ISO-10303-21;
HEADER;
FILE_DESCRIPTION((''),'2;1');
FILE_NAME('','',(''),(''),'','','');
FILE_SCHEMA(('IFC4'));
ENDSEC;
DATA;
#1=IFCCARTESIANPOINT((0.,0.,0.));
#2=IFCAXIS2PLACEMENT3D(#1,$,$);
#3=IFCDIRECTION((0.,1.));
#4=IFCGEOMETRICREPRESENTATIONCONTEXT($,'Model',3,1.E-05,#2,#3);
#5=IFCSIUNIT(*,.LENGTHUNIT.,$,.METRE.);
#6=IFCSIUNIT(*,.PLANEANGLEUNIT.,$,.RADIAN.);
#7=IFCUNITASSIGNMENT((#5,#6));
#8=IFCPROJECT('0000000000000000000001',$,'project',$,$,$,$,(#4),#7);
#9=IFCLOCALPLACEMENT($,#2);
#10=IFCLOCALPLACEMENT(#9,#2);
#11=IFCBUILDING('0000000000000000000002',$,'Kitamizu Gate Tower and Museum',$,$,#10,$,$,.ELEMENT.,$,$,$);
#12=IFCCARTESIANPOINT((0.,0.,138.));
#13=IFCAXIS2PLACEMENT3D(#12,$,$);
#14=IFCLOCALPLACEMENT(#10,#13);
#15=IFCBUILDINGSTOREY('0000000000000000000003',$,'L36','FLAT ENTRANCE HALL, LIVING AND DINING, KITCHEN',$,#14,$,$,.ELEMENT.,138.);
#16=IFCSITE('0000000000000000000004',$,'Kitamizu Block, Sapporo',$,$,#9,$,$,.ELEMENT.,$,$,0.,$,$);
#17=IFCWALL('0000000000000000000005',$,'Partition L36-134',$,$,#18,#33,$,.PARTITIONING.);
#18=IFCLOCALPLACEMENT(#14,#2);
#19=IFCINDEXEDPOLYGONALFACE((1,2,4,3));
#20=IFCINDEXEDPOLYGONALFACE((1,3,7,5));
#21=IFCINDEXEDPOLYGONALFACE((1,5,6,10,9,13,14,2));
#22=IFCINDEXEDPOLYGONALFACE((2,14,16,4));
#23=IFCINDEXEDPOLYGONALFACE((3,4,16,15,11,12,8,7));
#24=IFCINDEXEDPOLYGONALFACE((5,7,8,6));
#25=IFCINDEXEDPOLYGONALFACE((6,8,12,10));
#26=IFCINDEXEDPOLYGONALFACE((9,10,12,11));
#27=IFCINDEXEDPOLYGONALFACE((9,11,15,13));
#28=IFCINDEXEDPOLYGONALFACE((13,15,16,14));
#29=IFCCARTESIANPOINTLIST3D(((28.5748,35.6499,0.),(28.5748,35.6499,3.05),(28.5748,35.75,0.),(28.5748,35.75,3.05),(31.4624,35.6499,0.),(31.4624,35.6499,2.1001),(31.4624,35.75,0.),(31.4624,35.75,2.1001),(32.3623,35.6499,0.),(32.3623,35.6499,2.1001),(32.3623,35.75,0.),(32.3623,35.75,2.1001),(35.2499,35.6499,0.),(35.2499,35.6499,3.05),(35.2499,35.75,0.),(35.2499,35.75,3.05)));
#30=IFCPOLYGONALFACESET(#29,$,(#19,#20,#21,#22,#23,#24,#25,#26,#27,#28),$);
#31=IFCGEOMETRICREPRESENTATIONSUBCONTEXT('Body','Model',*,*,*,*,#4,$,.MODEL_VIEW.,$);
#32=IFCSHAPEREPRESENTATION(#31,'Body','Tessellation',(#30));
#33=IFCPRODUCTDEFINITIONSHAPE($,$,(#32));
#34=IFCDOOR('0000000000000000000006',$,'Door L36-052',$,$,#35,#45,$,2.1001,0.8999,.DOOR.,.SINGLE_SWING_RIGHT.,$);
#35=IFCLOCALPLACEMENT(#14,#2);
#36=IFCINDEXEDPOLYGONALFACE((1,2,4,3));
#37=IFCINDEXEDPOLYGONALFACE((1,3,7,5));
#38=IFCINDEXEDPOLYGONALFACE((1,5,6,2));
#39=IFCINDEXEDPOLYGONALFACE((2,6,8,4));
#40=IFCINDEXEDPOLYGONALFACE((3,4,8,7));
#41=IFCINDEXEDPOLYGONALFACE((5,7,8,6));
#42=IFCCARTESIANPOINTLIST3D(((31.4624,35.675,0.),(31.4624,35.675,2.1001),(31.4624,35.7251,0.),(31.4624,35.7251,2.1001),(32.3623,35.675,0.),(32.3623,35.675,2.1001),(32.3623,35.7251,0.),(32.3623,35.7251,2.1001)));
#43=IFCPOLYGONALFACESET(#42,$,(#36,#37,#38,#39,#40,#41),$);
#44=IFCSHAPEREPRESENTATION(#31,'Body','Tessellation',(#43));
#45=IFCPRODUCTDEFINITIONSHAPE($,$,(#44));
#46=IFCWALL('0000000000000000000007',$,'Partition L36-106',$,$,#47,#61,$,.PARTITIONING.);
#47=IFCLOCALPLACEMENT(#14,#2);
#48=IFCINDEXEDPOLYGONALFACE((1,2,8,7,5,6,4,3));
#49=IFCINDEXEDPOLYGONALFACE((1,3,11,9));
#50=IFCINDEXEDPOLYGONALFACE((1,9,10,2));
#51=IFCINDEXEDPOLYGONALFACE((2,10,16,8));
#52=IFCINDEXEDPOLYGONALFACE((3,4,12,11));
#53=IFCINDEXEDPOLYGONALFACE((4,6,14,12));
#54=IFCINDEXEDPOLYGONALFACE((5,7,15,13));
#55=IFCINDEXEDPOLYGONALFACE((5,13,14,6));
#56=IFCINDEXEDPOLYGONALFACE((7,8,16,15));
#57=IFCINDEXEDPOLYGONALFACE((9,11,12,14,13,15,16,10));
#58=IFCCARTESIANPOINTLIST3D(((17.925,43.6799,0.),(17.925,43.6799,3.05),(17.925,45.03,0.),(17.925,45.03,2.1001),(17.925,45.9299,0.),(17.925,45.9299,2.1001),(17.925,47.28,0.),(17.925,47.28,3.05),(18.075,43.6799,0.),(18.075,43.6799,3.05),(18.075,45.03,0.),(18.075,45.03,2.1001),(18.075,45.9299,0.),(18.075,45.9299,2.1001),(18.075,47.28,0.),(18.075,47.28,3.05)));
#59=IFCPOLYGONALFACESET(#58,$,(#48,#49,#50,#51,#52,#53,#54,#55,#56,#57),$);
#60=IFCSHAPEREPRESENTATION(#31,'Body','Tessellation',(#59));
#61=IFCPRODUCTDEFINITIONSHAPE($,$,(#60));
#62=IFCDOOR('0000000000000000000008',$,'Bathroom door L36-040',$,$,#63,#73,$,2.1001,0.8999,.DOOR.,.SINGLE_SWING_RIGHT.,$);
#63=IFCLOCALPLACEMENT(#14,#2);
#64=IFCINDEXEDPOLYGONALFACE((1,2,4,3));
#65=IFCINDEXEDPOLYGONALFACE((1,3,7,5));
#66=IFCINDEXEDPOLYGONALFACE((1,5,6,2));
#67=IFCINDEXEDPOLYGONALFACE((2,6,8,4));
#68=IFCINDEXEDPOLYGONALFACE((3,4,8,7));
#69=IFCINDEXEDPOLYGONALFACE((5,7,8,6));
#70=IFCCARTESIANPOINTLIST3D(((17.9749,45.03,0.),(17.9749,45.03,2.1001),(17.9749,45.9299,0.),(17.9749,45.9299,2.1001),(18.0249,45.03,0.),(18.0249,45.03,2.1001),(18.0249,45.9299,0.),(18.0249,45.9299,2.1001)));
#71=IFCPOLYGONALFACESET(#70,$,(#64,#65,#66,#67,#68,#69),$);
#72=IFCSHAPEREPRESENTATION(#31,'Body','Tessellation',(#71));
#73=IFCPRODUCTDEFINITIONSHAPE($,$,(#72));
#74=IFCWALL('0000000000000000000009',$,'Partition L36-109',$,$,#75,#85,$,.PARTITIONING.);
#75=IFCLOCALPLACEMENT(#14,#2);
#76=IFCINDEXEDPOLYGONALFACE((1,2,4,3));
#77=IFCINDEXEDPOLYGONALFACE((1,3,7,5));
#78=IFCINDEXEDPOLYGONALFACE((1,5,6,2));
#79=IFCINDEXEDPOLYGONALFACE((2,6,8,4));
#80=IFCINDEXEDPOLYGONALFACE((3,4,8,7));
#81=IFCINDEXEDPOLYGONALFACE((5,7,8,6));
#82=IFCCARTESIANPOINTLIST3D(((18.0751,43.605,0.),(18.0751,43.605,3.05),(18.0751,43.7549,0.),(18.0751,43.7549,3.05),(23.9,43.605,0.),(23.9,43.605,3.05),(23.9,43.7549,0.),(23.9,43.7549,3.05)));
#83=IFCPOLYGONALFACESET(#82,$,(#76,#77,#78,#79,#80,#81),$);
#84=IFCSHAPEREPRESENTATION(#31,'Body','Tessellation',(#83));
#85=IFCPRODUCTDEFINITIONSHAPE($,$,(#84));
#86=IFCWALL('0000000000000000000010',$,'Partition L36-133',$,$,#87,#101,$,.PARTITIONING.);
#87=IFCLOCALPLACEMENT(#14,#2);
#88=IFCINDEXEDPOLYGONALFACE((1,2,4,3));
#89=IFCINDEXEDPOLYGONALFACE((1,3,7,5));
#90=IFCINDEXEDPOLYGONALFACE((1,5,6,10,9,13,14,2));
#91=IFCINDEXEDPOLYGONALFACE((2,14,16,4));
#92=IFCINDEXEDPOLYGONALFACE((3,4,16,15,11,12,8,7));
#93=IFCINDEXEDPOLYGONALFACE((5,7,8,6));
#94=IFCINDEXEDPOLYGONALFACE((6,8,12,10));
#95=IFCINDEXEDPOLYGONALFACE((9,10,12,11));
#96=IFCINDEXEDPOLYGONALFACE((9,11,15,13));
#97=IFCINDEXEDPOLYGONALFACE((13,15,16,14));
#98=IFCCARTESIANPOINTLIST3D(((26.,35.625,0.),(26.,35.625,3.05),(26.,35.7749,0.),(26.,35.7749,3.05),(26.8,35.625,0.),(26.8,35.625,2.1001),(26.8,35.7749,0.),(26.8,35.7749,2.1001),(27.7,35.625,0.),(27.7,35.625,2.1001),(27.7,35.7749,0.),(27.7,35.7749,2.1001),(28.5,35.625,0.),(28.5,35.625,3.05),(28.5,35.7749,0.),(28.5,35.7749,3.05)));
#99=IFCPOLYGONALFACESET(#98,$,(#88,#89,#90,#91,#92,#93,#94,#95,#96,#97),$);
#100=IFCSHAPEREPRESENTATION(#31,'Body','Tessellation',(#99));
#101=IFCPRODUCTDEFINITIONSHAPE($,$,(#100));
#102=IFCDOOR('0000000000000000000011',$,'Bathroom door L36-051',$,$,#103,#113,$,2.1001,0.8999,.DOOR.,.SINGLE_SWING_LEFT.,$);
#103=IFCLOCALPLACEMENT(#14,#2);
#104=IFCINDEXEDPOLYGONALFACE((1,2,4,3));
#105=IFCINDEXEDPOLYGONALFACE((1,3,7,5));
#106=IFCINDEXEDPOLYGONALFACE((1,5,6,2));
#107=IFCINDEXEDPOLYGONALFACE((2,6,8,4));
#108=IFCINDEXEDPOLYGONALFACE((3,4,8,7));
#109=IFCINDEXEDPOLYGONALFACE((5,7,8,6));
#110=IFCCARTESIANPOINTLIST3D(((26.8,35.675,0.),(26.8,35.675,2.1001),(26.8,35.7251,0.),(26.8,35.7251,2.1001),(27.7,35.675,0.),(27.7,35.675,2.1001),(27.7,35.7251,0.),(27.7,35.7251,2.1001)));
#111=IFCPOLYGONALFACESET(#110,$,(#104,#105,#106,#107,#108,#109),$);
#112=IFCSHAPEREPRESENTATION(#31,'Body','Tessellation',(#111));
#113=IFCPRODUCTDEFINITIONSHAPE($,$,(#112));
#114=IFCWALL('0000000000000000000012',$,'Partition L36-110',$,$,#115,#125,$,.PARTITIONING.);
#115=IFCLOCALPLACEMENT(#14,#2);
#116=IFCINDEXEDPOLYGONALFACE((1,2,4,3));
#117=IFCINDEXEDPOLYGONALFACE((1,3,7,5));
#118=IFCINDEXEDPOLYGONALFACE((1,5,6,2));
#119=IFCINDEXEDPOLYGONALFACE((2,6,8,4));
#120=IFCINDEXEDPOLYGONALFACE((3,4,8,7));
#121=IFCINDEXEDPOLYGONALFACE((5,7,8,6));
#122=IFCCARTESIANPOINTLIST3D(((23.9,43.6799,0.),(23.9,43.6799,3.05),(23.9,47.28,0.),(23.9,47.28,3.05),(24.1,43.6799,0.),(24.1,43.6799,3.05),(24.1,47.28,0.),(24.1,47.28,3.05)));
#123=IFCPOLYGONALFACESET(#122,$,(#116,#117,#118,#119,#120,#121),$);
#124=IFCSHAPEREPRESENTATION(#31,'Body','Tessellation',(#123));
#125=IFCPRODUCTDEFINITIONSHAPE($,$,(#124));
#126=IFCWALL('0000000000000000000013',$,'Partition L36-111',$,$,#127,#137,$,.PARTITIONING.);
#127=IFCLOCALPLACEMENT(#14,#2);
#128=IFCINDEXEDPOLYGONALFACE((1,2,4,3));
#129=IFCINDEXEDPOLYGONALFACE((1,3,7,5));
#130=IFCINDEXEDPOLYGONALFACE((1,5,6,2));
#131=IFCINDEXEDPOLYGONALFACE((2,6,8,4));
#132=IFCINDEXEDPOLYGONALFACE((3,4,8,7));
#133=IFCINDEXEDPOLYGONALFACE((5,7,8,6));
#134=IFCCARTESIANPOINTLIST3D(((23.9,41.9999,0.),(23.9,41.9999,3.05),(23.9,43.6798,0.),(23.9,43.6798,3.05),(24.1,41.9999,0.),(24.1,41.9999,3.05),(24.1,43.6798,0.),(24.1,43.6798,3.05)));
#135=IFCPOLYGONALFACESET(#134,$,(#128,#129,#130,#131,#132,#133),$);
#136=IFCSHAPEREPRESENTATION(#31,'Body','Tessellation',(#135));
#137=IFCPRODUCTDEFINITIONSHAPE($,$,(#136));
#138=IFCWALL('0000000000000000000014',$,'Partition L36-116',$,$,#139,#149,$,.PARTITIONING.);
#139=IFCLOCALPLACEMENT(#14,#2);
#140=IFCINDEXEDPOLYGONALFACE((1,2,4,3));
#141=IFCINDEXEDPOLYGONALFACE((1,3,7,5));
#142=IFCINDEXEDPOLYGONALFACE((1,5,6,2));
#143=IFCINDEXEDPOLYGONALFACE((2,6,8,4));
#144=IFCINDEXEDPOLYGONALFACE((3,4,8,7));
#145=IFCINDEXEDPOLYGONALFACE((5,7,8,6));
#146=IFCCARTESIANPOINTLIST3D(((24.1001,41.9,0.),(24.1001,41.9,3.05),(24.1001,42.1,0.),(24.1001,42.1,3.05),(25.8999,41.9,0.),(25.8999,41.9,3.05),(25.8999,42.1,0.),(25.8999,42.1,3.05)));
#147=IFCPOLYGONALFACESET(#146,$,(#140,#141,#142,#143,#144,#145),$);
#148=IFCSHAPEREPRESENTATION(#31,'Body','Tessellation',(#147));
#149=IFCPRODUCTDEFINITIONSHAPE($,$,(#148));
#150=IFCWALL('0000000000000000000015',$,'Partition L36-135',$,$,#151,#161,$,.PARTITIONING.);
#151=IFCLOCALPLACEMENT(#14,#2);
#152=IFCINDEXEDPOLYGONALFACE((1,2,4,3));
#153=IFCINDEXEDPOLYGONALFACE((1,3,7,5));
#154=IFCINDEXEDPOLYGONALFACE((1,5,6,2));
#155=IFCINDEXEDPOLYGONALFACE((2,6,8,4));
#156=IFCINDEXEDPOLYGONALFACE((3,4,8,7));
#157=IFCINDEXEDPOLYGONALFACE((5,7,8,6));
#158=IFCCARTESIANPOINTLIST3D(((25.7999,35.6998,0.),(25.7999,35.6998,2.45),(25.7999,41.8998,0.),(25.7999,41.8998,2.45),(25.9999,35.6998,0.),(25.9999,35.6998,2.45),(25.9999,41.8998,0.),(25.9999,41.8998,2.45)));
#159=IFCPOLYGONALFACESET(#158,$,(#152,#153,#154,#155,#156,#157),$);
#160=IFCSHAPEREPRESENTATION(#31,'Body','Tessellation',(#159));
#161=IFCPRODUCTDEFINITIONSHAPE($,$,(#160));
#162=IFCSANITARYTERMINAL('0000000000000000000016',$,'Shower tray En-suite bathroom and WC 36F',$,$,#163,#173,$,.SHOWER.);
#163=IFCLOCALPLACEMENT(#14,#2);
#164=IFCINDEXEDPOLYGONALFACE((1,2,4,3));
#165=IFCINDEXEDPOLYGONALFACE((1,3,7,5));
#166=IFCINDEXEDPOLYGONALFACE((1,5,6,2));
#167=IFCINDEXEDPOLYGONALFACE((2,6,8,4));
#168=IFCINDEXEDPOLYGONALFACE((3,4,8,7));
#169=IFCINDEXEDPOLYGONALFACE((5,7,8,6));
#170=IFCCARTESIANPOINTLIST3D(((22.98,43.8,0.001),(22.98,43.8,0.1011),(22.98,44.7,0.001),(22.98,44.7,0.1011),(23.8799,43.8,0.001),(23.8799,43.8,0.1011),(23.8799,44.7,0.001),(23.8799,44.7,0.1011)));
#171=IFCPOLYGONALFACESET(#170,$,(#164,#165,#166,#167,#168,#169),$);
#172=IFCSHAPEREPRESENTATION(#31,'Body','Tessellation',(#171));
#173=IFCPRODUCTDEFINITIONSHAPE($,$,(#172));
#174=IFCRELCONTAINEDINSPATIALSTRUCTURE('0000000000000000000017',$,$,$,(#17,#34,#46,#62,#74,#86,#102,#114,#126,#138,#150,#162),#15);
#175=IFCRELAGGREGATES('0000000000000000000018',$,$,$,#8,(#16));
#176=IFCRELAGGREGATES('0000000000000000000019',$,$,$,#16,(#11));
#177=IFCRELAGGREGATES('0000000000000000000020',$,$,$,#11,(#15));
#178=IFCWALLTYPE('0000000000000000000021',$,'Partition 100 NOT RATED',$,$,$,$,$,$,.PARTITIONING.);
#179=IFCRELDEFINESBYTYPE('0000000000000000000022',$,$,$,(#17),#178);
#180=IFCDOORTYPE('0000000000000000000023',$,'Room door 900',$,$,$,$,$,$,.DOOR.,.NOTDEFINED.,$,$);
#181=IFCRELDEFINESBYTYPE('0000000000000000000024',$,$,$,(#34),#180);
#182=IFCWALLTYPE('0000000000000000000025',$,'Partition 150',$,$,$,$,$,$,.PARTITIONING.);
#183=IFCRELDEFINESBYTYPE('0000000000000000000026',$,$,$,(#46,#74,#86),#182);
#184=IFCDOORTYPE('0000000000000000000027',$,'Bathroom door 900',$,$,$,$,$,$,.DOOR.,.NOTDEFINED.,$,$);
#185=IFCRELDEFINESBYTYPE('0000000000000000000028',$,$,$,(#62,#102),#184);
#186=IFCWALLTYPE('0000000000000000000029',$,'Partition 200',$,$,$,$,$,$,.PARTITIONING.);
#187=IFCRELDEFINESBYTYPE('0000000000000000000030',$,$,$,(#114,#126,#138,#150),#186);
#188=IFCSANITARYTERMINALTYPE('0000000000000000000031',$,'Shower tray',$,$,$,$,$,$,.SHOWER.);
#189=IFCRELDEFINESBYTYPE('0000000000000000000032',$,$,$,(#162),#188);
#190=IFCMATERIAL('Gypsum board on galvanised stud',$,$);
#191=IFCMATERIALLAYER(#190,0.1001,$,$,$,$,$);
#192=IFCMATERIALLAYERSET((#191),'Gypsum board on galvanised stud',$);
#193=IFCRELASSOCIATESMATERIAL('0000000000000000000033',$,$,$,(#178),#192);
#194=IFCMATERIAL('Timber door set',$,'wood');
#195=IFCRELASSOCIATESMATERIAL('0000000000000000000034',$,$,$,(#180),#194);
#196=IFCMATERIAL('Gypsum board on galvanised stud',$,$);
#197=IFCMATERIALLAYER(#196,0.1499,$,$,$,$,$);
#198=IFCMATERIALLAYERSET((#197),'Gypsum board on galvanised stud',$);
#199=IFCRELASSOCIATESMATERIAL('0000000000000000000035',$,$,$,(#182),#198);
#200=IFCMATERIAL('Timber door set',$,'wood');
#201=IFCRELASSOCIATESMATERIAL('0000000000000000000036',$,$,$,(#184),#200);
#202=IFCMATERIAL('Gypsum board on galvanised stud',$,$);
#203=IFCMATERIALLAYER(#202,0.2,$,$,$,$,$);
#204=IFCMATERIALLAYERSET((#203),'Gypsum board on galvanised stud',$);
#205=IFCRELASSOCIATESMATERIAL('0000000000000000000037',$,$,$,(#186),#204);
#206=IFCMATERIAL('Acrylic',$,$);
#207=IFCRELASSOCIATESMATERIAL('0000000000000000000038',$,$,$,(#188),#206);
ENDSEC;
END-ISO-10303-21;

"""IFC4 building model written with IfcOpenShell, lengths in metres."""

from ifc_helpers import new_model, si_unit, direction, frame, frame_2d, origin, origin_2d, place, context, subcontext, project, spatial, rectangle, extrude, material, layer, layer_set, type_object, element, fill, save


model = new_model("IFC4")

# Units and contexts
model_context = context("Model", 3, precision=1e-05, world=origin(), true_north=direction((0.0, 1.0)))
body_context = subcontext(model_context, "Body", "Model", "MODEL_VIEW")
ifc_project = project(units=[si_unit("LENGTHUNIT", "METRE"), si_unit("PLANEANGLEUNIT", "RADIAN")], contexts=[model_context])

# Site, building, storey
site_placement = place(None, origin())
site = spatial("IfcSite", under=ifc_project, at=site_placement, Name="Kitamizu Block, Sapporo", CompositionType="ELEMENT", RefElevation=0.0)
building_placement = place(site_placement, origin())
building = spatial("IfcBuilding", under=site, at=building_placement, Name="Kitamizu Gate Tower and Museum", CompositionType="ELEMENT")
storey_placement = place(building_placement, frame((0.0, 0.0, 138.0)))
storey = spatial("IfcBuildingStorey", under=building, at=storey_placement, Name="L36", Description="FLAT ENTRANCE HALL, LIVING AND DINING, KITCHEN", CompositionType="ELEMENT", Elevation=138.0)

# Shared definitions
ifc_material_1 = material(Name="Gypsum board on galvanised stud")
ifc_layer_1 = layer(ifc_material_1, 0.1001)
ifc_layer_set_1 = layer_set([ifc_layer_1], Name="Gypsum board on galvanised stud")
wall_type_1 = type_object("IfcWallType", Name="Partition 100 NOT RATED", PredefinedType="PARTITIONING", material=ifc_layer_set_1)
ifc_material_2 = material(Name="Timber door set", Category="wood")
door_type_1 = type_object("IfcDoorType", Name="Room door 900", OperationType="NOTDEFINED", PredefinedType="DOOR", material=ifc_material_2)

# Walls, openings, doors
wall_1_placement = place(storey_placement, frame((28.575, 35.7, 0.0), z_axis=(0.0, 0.0, 1.0), x_axis=(1.0, 0.0, 0.0)))
wall_1 = element("IfcWall", 1, at=wall_1_placement, inside=storey, type_object=wall_type_1, Name="Partition L36-134", PredefinedType="PARTITIONING", context=body_context, shape_type="SweptSolid", body=[
    extrude(rectangle(XDim=6.675, YDim=0.1001, at=frame_2d((3.3374, 0.0))), origin(), (0.0, 0.0, 1.0), 3.05),
])
opening_1_placement = place(wall_1_placement, frame((2.8875, 0.0, 0.0)))
opening_1 = element("IfcOpeningElement", 2, at=opening_1_placement, cuts=wall_1, PredefinedType="OPENING", context=body_context, shape_type="SweptSolid", body=[
    extrude(rectangle(XDim=0.8999, YDim=2.1001, at=frame_2d((0.45, 1.05))), frame((0.0, 0.0601, 0.0), z_axis=(0.0, -1.0, 0.0), x_axis=(1.0, 0.0, 0.0)), (0.0, 0.0, 1.0), 0.1201),
])
door_1_placement = place(opening_1_placement, frame((0.8999, 0.0, 0.0), x_axis=(-1.0, 0.0, 0.0)))
door_1 = element("IfcDoor", 3, at=door_1_placement, inside=storey, type_object=door_type_1, Name="Door L36-052", OperationType="SINGLE_SWING_RIGHT", OverallHeight=2.1001, OverallWidth=0.8999, PredefinedType="DOOR", context=body_context, shape_type="SweptSolid", body=[
    extrude(rectangle(XDim=0.8999, YDim=2.1001, at=frame_2d((0.45, 1.05))), frame((0.0, 0.0249, 0.0), z_axis=(0.0, -1.0, 0.0), x_axis=(1.0, 0.0, 0.0)), (0.0, 0.0, 1.0), 0.05),
])
fill(opening_1, door_1)
ifc_material_3 = material(Name="Gypsum board on galvanised stud")
ifc_layer_2 = layer(ifc_material_3, 0.1499)
ifc_layer_set_2 = layer_set([ifc_layer_2], Name="Gypsum board on galvanised stud")
wall_type_2 = type_object("IfcWallType", Name="Partition 150", PredefinedType="PARTITIONING", material=ifc_layer_set_2)
wall_2_placement = place(storey_placement, frame((18.0, 43.6799, 0.0), z_axis=(0.0, 0.0, 1.0), x_axis=(0.0, 1.0, 0.0)))
wall_2 = element("IfcWall", 4, at=wall_2_placement, inside=storey, type_object=wall_type_2, Name="Partition L36-106", PredefinedType="PARTITIONING", context=body_context, shape_type="SweptSolid", body=[
    extrude(rectangle(XDim=3.6001, YDim=0.1499, at=frame_2d((1.8, 0.0))), origin(), (0.0, 0.0, 1.0), 3.05),
])
opening_2_placement = place(wall_2_placement, frame((1.3501, 0.0, 0.0)))
opening_2 = element("IfcOpeningElement", 5, at=opening_2_placement, cuts=wall_2, PredefinedType="OPENING", context=body_context, shape_type="SweptSolid", body=[
    extrude(rectangle(XDim=0.8999, YDim=2.1001, at=frame_2d((0.45, 1.05))), frame((0.0, 0.085, 0.0), z_axis=(0.0, -1.0, 0.0), x_axis=(1.0, 0.0, 0.0)), (0.0, 0.0, 1.0), 0.1699),
])
ifc_material_4 = material(Name="Timber door set", Category="wood")
door_type_2 = type_object("IfcDoorType", Name="Bathroom door 900", OperationType="NOTDEFINED", PredefinedType="DOOR", material=ifc_material_4)
door_2_placement = place(opening_2_placement, frame((0.8999, 0.0, 0.0), x_axis=(-1.0, 0.0, 0.0)))
door_2 = element("IfcDoor", 6, at=door_2_placement, inside=storey, type_object=door_type_2, Name="Bathroom door L36-040", OperationType="SINGLE_SWING_RIGHT", OverallHeight=2.1001, OverallWidth=0.8999, PredefinedType="DOOR", context=body_context, shape_type="SweptSolid", body=[
    extrude(rectangle(XDim=0.8999, YDim=2.1001, at=frame_2d((0.45, 1.05))), frame((0.0, 0.0249, 0.0), z_axis=(0.0, -1.0, 0.0), x_axis=(1.0, 0.0, 0.0)), (0.0, 0.0, 1.0), 0.05),
])
fill(opening_2, door_2)

# Wall
wall_3_placement = place(storey_placement, frame((18.075, 43.6799, 0.0), z_axis=(0.0, 0.0, 1.0), x_axis=(1.0, 0.0, 0.0)))
element("IfcWall", 7, at=wall_3_placement, inside=storey, type_object=wall_type_2, Name="Partition L36-109", PredefinedType="PARTITIONING", context=body_context, shape_type="SweptSolid", body=[
    extrude(rectangle(XDim=5.825, YDim=0.1499, at=frame_2d((2.9126, 0.0))), origin(), (0.0, 0.0, 1.0), 3.05),
])

# Wall, opening, door
wall_4_placement = place(storey_placement, frame((26.0, 35.7, 0.0), z_axis=(0.0, 0.0, 1.0), x_axis=(1.0, 0.0, 0.0)))
wall_4 = element("IfcWall", 8, at=wall_4_placement, inside=storey, type_object=wall_type_2, Name="Partition L36-133", PredefinedType="PARTITIONING", context=body_context, shape_type="SweptSolid", body=[
    extrude(rectangle(XDim=2.5, YDim=0.1499, at=frame_2d((1.25, 0.0))), origin(), (0.0, 0.0, 1.0), 3.05),
])
opening_3_placement = place(wall_4_placement, frame((0.8, 0.0, 0.0)))
opening_3 = element("IfcOpeningElement", 9, at=opening_3_placement, cuts=wall_4, PredefinedType="OPENING", context=body_context, shape_type="SweptSolid", body=[
    extrude(rectangle(XDim=0.8999, YDim=2.1001, at=frame_2d((0.45, 1.05))), frame((0.0, 0.085, 0.0), z_axis=(0.0, -1.0, 0.0), x_axis=(1.0, 0.0, 0.0)), (0.0, 0.0, 1.0), 0.1699),
])
door_3_placement = place(opening_3_placement, frame((0.8999, 0.0, 0.0), x_axis=(-1.0, 0.0, 0.0)))
door_3 = element("IfcDoor", 10, at=door_3_placement, inside=storey, type_object=door_type_2, Name="Bathroom door L36-051", OperationType="SINGLE_SWING_LEFT", OverallHeight=2.1001, OverallWidth=0.8999, PredefinedType="DOOR", context=body_context, shape_type="SweptSolid", body=[
    extrude(rectangle(XDim=0.8999, YDim=2.1001, at=frame_2d((0.45, 1.05))), frame((0.0, 0.0249, 0.0), z_axis=(0.0, -1.0, 0.0), x_axis=(1.0, 0.0, 0.0)), (0.0, 0.0, 1.0), 0.05),
])
fill(opening_3, door_3)

# Walls
ifc_material_5 = material(Name="Gypsum board on galvanised stud")
ifc_layer_3 = layer(ifc_material_5, 0.2)
ifc_layer_set_3 = layer_set([ifc_layer_3], Name="Gypsum board on galvanised stud")
wall_type_3 = type_object("IfcWallType", Name="Partition 200", PredefinedType="PARTITIONING", material=ifc_layer_set_3)
wall_5_placement = place(storey_placement, frame((24.0, 43.6799, 0.0), z_axis=(0.0, 0.0, 1.0), x_axis=(0.0, 1.0, 0.0)))
element("IfcWall", 11, at=wall_5_placement, inside=storey, type_object=wall_type_3, Name="Partition L36-110", PredefinedType="PARTITIONING", context=body_context, shape_type="SweptSolid", body=[
    extrude(rectangle(XDim=3.6001, YDim=0.2, at=frame_2d((1.8, 0.0))), origin(), (0.0, 0.0, 1.0), 3.05),
])
wall_6_placement = place(storey_placement, frame((24.0, 42.0, 0.0), z_axis=(0.0, 0.0, 1.0), x_axis=(0.0, 1.0, 0.0)))
element("IfcWall", 12, at=wall_6_placement, inside=storey, type_object=wall_type_3, Name="Partition L36-111", PredefinedType="PARTITIONING", context=body_context, shape_type="SweptSolid", body=[
    extrude(rectangle(XDim=1.6799, YDim=0.2, at=frame_2d((0.8398, 0.0))), origin(), (0.0, 0.0, 1.0), 3.05),
])
wall_7_placement = place(storey_placement, frame((24.1001, 42.0, 0.0), z_axis=(0.0, 0.0, 1.0), x_axis=(1.0, 0.0, 0.0)))
element("IfcWall", 13, at=wall_7_placement, inside=storey, type_object=wall_type_3, Name="Partition L36-116", PredefinedType="PARTITIONING", context=body_context, shape_type="SweptSolid", body=[
    extrude(rectangle(XDim=1.7998, YDim=0.2, at=frame_2d((0.8999, 0.0))), origin(), (0.0, 0.0, 1.0), 3.05),
])
wall_8_placement = place(storey_placement, frame((25.8999, 41.8999, 0.0), z_axis=(0.0, 0.0, 1.0), x_axis=(0.0, -1.0, 0.0)))
element("IfcWall", 14, at=wall_8_placement, inside=storey, type_object=wall_type_3, Name="Partition L36-135", PredefinedType="PARTITIONING", context=body_context, shape_type="SweptSolid", body=[
    extrude(rectangle(XDim=6.2, YDim=0.2, at=frame_2d((3.1001, 0.0))), origin(), (0.0, 0.0, 1.0), 2.45),
])

# Sanitary terminal
ifc_material_6 = material(Name="Acrylic")
sanitary_terminal_type_1 = type_object("IfcSanitaryTerminalType", Name="Shower tray", PredefinedType="SHOWER", material=ifc_material_6)
sanitary_terminal_1_placement = place(storey_placement, frame((23.4299, 44.25, 0.001), z_axis=(0.0, 0.0, 1.0), x_axis=(1.0, 0.0, 0.0)))
element("IfcSanitaryTerminal", 15, at=sanitary_terminal_1_placement, inside=storey, type_object=sanitary_terminal_type_1, Name="Shower tray En-suite bathroom and WC 36F", PredefinedType="SHOWER", context=body_context, shape_type="SweptSolid", body=[
    extrude(rectangle(XDim=0.8999, YDim=0.8999, at=origin_2d()), origin(), (0.0, 0.0, 1.0), 0.1001),
])

save(model, "model.ifc")
